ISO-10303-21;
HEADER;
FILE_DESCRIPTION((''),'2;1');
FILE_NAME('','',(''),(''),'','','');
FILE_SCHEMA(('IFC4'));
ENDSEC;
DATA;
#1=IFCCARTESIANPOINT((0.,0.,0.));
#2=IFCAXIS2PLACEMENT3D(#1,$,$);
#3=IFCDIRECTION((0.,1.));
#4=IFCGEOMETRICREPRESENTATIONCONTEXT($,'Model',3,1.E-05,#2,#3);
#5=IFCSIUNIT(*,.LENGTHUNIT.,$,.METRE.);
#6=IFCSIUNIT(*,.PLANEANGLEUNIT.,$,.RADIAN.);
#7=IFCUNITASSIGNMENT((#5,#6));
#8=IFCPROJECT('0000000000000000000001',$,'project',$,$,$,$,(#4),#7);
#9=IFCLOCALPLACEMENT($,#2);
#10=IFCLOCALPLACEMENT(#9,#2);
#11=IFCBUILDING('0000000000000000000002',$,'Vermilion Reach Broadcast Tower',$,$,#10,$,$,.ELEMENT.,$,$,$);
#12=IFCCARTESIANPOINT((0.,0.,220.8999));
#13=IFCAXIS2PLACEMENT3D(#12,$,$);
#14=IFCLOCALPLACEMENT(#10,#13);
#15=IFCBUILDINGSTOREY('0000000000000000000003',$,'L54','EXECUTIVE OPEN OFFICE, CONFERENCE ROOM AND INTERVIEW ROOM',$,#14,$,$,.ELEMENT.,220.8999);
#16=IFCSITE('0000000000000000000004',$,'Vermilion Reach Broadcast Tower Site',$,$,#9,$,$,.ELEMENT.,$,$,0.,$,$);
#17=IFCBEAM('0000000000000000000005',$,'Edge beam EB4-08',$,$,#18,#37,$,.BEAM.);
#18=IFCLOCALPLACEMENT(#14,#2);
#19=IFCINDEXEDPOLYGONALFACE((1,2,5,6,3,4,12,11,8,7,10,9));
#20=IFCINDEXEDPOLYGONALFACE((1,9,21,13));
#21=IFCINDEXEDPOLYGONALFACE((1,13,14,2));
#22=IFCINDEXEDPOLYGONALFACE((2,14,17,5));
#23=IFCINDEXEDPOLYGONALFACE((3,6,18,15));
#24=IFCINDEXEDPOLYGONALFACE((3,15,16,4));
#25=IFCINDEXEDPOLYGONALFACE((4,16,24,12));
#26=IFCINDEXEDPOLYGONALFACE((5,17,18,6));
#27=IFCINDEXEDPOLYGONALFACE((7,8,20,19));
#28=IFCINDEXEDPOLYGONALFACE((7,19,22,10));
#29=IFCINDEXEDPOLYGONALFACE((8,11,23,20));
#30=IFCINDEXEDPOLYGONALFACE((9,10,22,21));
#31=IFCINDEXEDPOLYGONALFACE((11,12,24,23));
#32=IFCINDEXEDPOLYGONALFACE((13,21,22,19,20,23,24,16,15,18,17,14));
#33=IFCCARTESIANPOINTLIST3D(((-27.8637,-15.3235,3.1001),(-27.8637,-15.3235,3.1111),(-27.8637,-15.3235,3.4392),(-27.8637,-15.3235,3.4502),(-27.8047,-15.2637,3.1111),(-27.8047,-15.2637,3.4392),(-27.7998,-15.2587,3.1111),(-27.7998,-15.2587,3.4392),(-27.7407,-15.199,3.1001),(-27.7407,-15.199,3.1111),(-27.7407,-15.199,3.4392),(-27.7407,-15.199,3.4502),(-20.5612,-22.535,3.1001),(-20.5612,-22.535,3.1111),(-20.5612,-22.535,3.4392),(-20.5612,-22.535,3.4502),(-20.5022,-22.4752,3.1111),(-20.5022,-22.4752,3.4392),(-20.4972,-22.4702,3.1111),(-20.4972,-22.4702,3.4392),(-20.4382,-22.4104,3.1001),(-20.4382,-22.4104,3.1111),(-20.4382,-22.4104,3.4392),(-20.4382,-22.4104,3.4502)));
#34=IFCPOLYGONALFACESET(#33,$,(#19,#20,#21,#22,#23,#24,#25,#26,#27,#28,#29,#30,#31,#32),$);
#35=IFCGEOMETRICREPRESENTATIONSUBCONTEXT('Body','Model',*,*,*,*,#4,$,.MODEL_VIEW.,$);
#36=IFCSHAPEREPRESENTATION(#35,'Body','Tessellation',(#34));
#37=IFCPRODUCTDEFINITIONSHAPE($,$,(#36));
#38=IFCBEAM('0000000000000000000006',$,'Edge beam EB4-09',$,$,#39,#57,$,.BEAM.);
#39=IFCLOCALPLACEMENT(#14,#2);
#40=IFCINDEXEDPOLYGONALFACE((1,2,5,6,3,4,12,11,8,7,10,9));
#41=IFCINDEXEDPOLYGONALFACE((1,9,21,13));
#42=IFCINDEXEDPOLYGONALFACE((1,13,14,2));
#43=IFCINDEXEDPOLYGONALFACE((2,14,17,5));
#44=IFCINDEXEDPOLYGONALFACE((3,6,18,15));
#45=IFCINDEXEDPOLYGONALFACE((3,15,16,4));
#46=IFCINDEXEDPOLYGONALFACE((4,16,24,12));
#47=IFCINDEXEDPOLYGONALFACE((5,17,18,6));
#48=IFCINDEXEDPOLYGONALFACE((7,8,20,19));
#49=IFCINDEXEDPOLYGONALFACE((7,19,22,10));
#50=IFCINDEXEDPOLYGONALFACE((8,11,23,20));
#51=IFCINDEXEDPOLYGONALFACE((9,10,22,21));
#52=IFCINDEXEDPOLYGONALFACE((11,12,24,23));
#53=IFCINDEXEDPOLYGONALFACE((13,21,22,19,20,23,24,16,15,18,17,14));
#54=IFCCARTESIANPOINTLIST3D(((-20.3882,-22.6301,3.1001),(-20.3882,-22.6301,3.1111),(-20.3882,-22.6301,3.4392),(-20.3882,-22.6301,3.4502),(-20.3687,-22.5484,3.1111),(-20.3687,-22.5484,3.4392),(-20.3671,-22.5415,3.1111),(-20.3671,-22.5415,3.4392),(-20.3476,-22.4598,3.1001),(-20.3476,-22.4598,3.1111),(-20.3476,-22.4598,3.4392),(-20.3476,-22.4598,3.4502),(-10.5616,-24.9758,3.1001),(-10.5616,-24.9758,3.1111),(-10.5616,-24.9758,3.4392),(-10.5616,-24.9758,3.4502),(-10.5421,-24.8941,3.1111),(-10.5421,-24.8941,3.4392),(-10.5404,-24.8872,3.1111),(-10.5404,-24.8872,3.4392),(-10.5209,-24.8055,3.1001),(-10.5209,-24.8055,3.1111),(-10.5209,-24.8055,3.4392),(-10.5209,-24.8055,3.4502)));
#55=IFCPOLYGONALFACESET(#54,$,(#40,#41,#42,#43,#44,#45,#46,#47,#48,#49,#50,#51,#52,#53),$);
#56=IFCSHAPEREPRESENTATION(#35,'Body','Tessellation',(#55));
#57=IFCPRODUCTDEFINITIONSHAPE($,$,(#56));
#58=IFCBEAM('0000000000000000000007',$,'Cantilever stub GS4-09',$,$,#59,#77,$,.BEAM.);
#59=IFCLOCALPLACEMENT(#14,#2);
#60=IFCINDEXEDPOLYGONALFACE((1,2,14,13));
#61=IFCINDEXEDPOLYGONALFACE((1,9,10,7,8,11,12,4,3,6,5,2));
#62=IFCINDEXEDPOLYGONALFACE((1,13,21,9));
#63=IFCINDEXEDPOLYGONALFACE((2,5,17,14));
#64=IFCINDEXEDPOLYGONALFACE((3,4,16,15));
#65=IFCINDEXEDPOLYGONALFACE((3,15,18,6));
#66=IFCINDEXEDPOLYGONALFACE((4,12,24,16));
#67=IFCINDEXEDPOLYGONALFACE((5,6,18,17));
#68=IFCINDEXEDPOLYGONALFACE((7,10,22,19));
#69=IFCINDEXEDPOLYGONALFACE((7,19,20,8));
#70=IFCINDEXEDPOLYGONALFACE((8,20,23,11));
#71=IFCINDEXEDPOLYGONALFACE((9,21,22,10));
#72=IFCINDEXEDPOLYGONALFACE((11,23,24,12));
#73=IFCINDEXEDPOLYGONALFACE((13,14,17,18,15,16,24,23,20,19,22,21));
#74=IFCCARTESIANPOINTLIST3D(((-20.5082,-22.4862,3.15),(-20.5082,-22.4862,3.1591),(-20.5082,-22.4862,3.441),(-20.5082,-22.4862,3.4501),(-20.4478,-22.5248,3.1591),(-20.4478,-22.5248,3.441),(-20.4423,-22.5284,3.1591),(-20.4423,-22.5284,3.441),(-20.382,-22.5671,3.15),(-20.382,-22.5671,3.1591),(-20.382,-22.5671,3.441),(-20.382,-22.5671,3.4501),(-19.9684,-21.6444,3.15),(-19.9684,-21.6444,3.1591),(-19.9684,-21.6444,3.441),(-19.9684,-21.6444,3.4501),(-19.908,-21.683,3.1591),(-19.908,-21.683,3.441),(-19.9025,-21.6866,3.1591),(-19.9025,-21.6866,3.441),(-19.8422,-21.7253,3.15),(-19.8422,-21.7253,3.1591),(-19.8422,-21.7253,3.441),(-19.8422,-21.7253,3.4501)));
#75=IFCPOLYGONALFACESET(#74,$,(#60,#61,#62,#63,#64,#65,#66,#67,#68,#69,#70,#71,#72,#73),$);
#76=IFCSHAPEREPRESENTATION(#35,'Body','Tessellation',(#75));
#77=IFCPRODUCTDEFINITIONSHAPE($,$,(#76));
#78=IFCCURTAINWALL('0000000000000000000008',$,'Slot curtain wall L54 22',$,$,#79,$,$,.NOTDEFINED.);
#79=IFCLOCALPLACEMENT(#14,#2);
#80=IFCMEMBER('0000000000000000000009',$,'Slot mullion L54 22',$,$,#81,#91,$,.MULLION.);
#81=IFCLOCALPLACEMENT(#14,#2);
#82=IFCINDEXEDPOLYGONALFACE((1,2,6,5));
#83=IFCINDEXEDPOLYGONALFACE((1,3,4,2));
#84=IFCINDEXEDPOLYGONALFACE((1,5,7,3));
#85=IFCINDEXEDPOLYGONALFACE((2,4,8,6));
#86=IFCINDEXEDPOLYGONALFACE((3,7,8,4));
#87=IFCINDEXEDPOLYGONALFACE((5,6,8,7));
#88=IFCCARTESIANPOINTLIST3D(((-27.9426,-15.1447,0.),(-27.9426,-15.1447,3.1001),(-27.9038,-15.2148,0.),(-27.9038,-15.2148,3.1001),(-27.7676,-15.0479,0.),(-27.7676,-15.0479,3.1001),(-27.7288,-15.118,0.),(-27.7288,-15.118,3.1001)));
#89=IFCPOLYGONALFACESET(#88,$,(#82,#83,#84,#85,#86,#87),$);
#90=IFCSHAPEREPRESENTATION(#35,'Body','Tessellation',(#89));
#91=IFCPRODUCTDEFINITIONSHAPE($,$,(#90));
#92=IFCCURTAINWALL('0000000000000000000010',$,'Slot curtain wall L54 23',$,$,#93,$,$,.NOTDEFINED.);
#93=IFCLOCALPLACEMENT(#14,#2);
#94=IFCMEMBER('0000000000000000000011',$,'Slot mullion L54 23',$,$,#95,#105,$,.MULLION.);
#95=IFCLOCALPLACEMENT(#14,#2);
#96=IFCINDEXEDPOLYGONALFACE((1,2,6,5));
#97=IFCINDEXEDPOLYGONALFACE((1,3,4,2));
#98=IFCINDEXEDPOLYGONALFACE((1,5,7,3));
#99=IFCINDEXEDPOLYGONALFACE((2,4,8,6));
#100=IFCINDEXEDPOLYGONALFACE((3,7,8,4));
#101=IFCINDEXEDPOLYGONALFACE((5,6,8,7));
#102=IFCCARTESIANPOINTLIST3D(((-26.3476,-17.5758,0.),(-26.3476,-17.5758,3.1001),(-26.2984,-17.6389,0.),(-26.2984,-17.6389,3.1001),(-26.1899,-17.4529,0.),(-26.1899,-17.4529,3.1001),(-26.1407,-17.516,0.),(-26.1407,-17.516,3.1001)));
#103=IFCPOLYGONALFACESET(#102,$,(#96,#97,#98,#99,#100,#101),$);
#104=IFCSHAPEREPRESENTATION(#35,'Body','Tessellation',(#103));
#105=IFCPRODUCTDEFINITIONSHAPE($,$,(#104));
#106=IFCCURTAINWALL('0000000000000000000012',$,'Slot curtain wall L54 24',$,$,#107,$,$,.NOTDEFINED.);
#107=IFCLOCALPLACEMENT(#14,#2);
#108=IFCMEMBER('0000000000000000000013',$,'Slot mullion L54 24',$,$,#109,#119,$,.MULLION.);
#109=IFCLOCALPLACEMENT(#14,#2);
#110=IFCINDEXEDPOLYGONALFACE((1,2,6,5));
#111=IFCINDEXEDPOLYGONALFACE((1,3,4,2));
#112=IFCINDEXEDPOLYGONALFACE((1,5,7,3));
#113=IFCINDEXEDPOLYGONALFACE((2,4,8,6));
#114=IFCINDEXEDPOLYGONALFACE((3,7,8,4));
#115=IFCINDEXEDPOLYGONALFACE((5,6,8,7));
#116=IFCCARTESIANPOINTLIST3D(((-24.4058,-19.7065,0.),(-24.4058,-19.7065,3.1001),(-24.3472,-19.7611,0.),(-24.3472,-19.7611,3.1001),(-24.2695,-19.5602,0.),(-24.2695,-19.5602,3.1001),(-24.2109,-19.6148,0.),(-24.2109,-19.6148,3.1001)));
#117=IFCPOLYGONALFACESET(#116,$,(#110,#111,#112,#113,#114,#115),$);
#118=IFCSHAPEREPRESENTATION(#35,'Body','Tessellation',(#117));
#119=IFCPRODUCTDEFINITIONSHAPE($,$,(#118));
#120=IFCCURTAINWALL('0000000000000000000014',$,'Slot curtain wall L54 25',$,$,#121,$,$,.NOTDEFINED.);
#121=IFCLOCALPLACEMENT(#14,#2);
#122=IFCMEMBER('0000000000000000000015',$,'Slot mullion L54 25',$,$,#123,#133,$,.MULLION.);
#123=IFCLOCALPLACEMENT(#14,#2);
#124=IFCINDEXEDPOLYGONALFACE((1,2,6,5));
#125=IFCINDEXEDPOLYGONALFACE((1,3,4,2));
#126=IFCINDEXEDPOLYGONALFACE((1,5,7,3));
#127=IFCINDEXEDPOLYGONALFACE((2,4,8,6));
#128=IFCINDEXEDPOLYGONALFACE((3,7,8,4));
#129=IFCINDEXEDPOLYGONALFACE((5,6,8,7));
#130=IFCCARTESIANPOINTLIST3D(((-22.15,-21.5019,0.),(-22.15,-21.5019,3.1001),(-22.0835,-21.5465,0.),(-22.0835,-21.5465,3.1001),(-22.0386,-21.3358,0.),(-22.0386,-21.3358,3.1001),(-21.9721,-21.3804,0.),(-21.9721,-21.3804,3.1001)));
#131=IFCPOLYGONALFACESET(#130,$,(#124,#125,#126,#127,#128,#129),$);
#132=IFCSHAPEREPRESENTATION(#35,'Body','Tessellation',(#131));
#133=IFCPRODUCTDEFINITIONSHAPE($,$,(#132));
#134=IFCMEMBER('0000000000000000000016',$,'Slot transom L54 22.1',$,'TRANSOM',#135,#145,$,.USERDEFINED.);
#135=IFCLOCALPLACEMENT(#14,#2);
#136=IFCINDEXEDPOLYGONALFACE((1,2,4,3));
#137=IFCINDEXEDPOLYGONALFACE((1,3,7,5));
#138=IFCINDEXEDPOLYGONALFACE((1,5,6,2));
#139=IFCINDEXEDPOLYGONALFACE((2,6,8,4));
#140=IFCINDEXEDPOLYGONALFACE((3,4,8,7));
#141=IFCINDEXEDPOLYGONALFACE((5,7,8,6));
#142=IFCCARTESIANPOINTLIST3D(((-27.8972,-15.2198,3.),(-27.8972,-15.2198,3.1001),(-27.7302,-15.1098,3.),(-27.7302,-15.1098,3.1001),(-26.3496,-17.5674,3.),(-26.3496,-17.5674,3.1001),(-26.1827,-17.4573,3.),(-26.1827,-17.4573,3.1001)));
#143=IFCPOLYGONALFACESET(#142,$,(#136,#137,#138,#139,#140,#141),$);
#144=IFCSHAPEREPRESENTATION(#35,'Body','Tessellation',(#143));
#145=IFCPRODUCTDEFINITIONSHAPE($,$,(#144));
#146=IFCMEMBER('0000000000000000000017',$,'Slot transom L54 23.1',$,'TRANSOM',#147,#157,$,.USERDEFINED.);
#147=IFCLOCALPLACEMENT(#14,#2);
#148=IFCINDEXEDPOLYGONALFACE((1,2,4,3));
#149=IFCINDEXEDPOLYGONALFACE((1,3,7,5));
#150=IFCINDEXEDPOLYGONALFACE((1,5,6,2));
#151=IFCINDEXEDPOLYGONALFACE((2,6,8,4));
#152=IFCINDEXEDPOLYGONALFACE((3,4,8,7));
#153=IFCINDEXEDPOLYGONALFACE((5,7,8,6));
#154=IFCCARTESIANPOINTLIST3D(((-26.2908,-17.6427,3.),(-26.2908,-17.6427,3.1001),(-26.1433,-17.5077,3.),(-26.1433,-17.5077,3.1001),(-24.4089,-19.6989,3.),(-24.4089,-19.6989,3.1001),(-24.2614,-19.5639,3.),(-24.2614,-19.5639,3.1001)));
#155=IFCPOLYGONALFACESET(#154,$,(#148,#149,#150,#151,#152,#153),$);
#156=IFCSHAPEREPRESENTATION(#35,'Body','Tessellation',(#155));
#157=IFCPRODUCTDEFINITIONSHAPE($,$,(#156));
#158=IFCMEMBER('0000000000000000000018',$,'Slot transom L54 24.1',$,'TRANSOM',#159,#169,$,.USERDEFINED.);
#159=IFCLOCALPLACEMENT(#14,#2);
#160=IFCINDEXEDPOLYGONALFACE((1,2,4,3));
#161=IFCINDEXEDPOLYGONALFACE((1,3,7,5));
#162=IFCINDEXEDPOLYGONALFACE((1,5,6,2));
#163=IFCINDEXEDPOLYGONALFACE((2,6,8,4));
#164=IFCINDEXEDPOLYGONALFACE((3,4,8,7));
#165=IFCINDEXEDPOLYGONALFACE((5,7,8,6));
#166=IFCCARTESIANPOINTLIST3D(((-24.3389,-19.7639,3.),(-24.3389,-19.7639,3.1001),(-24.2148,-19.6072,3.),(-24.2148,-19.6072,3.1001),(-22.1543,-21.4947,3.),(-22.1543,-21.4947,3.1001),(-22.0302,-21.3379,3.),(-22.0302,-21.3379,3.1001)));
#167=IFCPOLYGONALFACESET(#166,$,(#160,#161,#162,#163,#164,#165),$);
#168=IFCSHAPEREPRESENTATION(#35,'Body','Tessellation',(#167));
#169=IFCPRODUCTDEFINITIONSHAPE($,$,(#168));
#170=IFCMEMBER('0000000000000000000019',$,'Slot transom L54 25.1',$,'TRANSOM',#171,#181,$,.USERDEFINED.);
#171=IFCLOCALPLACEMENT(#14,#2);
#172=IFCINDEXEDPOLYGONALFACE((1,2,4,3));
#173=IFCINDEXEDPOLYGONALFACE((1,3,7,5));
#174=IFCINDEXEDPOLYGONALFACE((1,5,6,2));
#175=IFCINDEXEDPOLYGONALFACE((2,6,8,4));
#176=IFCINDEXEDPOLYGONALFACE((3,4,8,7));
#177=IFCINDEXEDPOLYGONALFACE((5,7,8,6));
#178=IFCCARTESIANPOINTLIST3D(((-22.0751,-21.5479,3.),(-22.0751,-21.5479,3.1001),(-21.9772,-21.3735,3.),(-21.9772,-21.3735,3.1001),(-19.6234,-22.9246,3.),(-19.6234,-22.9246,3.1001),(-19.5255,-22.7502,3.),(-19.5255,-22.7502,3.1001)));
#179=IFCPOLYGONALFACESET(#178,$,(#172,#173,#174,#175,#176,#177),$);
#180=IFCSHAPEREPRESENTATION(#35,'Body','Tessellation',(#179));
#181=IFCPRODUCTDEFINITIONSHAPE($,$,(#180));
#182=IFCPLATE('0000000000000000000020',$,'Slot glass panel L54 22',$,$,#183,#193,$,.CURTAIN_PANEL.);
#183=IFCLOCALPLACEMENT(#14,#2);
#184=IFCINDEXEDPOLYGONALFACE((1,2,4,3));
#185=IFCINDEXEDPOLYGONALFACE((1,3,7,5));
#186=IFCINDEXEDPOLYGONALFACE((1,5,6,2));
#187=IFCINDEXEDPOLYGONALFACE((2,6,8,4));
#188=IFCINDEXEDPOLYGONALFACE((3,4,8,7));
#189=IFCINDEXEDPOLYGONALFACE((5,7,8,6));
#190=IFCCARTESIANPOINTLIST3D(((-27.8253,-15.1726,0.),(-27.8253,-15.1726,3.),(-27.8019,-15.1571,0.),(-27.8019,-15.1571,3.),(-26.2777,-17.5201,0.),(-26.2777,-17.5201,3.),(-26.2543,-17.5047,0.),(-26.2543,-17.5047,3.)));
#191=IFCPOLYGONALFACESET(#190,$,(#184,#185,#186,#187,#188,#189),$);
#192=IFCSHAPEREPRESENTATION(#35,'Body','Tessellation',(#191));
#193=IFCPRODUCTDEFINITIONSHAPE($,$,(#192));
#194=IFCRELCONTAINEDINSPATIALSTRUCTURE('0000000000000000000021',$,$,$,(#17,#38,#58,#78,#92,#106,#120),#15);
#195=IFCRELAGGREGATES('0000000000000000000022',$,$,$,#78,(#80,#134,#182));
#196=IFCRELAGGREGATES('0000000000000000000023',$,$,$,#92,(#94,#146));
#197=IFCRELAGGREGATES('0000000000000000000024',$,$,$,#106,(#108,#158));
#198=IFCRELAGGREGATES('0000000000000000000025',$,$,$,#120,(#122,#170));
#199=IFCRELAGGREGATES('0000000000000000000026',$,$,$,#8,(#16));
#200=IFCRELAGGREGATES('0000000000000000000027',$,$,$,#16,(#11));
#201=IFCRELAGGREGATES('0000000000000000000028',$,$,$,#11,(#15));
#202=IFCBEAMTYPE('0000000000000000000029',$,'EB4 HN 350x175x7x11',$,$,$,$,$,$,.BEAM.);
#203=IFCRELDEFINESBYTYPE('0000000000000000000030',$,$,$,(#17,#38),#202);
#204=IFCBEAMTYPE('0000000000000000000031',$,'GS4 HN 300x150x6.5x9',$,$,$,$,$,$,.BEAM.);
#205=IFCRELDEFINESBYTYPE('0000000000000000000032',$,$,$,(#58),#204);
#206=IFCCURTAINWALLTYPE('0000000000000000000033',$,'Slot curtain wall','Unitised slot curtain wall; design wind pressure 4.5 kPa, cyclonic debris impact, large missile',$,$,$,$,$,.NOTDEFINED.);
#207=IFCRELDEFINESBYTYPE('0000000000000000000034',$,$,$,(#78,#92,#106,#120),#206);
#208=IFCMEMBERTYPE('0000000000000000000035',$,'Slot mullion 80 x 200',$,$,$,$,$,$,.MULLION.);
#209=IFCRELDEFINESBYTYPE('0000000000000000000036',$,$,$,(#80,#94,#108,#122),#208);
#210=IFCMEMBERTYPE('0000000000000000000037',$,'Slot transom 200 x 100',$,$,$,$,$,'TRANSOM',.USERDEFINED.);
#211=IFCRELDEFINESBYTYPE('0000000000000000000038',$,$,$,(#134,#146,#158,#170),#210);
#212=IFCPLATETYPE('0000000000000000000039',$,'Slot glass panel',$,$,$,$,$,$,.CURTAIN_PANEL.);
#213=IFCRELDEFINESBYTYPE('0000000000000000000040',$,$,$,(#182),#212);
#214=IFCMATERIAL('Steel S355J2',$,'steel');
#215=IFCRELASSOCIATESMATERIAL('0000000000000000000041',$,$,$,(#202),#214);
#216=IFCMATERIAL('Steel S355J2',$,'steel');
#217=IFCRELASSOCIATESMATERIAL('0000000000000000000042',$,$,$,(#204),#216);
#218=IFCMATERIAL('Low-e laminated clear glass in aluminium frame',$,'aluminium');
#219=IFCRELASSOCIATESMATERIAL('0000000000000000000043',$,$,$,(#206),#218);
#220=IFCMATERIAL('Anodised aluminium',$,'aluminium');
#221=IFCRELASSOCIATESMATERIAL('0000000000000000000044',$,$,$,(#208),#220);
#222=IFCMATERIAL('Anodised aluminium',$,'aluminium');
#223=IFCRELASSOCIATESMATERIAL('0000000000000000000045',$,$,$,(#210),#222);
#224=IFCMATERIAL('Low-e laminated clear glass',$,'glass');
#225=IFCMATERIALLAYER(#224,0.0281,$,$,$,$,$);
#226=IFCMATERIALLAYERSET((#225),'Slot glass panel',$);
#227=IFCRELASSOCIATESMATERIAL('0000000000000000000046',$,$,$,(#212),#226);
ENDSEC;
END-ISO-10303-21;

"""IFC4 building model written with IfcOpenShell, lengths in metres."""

from ifc_helpers import new_model, si_unit, direction, frame, origin, origin_2d, place, context, subcontext, project, spatial, rectangle, i_section, extrude, material, layer, layer_set, material_profile, profile_set, type_object, element, aggregate, save


model = new_model("IFC4")

# Units and contexts
model_context = context("Model", 3, precision=1e-05, world=origin(), true_north=direction((0.0, 1.0)))
body_context = subcontext(model_context, "Body", "Model", "MODEL_VIEW")
ifc_project = project(units=[si_unit("LENGTHUNIT", "METRE"), si_unit("PLANEANGLEUNIT", "RADIAN")], contexts=[model_context])

# Site, building, storey
site_placement = place(None, origin())
site = spatial("IfcSite", under=ifc_project, at=site_placement, Name="Vermilion Reach Broadcast Tower Site", CompositionType="ELEMENT", RefElevation=0.0)
building_placement = place(site_placement, origin())
building = spatial("IfcBuilding", under=site, at=building_placement, Name="Vermilion Reach Broadcast Tower", CompositionType="ELEMENT")
storey_placement = place(building_placement, frame((0.0, 0.0, 220.8999)))
storey = spatial("IfcBuildingStorey", under=building, at=storey_placement, Name="L54", Description="EXECUTIVE OPEN OFFICE, CONFERENCE ROOM AND INTERVIEW ROOM", CompositionType="ELEMENT", Elevation=220.8999)

# Beams
ifc_material_1 = material(Name="Steel S355J2", Category="steel")
ifc_material_profile_1 = material_profile(ifc_material_1, i_section(OverallWidth=0.175, OverallDepth=0.3501, WebThickness=0.0071, FlangeThickness=0.011, at=origin_2d()), Name="S355J2 HN 350x175x7x11")
ifc_profile_set_1 = profile_set([ifc_material_profile_1], Name="Steel S355J2")
beam_type_1 = type_object("IfcBeamType", Name="EB4 HN 350x175x7x11", PredefinedType="BEAM", material=ifc_profile_set_1)
beam_1_placement = place(storey_placement, frame((-27.8022, -15.2612, 3.2751), z_axis=(0.711529, -0.702656, 0.0), x_axis=(0.702656, 0.711529, 0.0)))
element("IfcBeam", 1, at=beam_1_placement, inside=storey, type_object=beam_type_1, Name="Edge beam EB4-08", PredefinedType="BEAM", context=body_context, shape_type="SweptSolid", body=[
    extrude(i_section(OverallWidth=0.175, OverallDepth=0.3501, WebThickness=0.0071, FlangeThickness=0.011, at=origin_2d()), origin(), (0.0, 0.0, 1.0), 10.2632),
])
beam_2_placement = place(storey_placement, frame((-20.3679, -22.5449, 3.2751), z_axis=(0.972672, -0.232185, 0.0), x_axis=(0.232185, 0.972672, 0.0)))
element("IfcBeam", 2, at=beam_2_placement, inside=storey, type_object=beam_type_1, Name="Edge beam EB4-09", PredefinedType="BEAM", context=body_context, shape_type="SweptSolid", body=[
    extrude(i_section(OverallWidth=0.175, OverallDepth=0.3501, WebThickness=0.0071, FlangeThickness=0.011, at=origin_2d()), origin(), (0.0, 0.0, 1.0), 10.1028),
])
ifc_material_2 = material(Name="Steel S355J2", Category="steel")
ifc_material_profile_2 = material_profile(ifc_material_2, i_section(OverallWidth=0.1499, OverallDepth=0.3, WebThickness=0.0066, FlangeThickness=0.009, at=origin_2d()), Name="S355J2 HN 300x150x6.5x9")
ifc_profile_set_2 = profile_set([ifc_material_profile_2], Name="Steel S355J2")
beam_type_2 = type_object("IfcBeamType", Name="GS4 HN 300x150x6.5x9", PredefinedType="BEAM", material=ifc_profile_set_2)
beam_3_placement = place(storey_placement, frame((-19.9053, -21.6848, 3.3), z_axis=(-0.539795, -0.841797, 0.0), x_axis=(0.841797, -0.539795, 0.0)))
element("IfcBeam", 3, at=beam_3_placement, inside=storey, type_object=beam_type_2, Name="Cantilever stub GS4-09", PredefinedType="BEAM", context=body_context, shape_type="SweptSolid", body=[
    extrude(i_section(OverallWidth=0.1499, OverallDepth=0.3, WebThickness=0.0066, FlangeThickness=0.009, at=origin_2d()), origin(), (0.0, 0.0, 1.0), 1.0),
])

# Curtain walls, members
ifc_material_3 = material(Name="Low-e laminated clear glass in aluminium frame", Category="aluminium")
curtain_wall_type = type_object("IfcCurtainWallType", Name="Slot curtain wall", Description="Unitised slot curtain wall; design wind pressure 4.5 kPa, cyclonic debris impact, large missile", PredefinedType="NOTDEFINED", material=ifc_material_3)
placement = place(storey_placement, origin())
curtain_wall_1 = element("IfcCurtainWall", 4, at=placement, inside=storey, type_object=curtain_wall_type, Name="Slot curtain wall L54 22", PredefinedType="NOTDEFINED")
ifc_material_4 = material(Name="Anodised aluminium", Category="aluminium")
ifc_material_profile_3 = material_profile(ifc_material_4, rectangle(XDim=0.2, YDim=0.0801, at=origin_2d()), Name="Slot mullion 80 x 200")
ifc_profile_set_3 = profile_set([ifc_material_profile_3], Name="Anodised aluminium")
member_type_1 = type_object("IfcMemberType", Name="Slot mullion 80 x 200", PredefinedType="MULLION", material=ifc_profile_set_3)
member_1_placement = place(storey_placement, frame((-27.8357, -15.1313, 0.0), z_axis=(0.0, 0.0, 1.0), x_axis=(0.874903, 0.484299, 0.0)))
member_1 = element("IfcMember", 5, at=member_1_placement, type_object=member_type_1, Name="Slot mullion L54 22", PredefinedType="MULLION", context=body_context, shape_type="SweptSolid", body=[
    extrude(rectangle(XDim=0.2, YDim=0.0801, at=origin_2d()), origin(), (0.0, 0.0, 1.0), 3.1001),
])
curtain_wall_2 = element("IfcCurtainWall", 6, at=placement, inside=storey, type_object=curtain_wall_type, Name="Slot curtain wall L54 23", PredefinedType="NOTDEFINED")
member_2_placement = place(storey_placement, frame((-26.2441, -17.5459, 0.0), z_axis=(0.0, 0.0, 1.0), x_axis=(0.78875, 0.614714, 0.0)))
member_2 = element("IfcMember", 7, at=member_2_placement, type_object=member_type_1, Name="Slot mullion L54 23", PredefinedType="MULLION", context=body_context, shape_type="SweptSolid", body=[
    extrude(rectangle(XDim=0.2, YDim=0.0801, at=origin_2d()), origin(), (0.0, 0.0, 1.0), 3.1001),
])
curtain_wall_3 = element("IfcCurtainWall", 8, at=placement, inside=storey, type_object=curtain_wall_type, Name="Slot curtain wall L54 24", PredefinedType="NOTDEFINED")
member_3_placement = place(storey_placement, frame((-24.3083, -19.6606, 0.0), z_axis=(0.0, 0.0, 1.0), x_axis=(0.681487, 0.73183, 0.0)))
member_3 = element("IfcMember", 9, at=member_3_placement, type_object=member_type_1, Name="Slot mullion L54 24", PredefinedType="MULLION", context=body_context, shape_type="SweptSolid", body=[
    extrude(rectangle(XDim=0.2, YDim=0.0801, at=origin_2d()), origin(), (0.0, 0.0, 1.0), 3.1001),
])
curtain_wall_4 = element("IfcCurtainWall", 10, at=placement, inside=storey, type_object=curtain_wall_type, Name="Slot curtain wall L54 25", PredefinedType="NOTDEFINED")
member_4_placement = place(storey_placement, frame((-22.061, -21.4412, 0.0), z_axis=(0.0, 0.0, 1.0), x_axis=(0.557037, 0.830488, 0.0)))
member_4 = element("IfcMember", 11, at=member_4_placement, type_object=member_type_1, Name="Slot mullion L54 25", PredefinedType="MULLION", context=body_context, shape_type="SweptSolid", body=[
    extrude(rectangle(XDim=0.2, YDim=0.0801, at=origin_2d()), origin(), (0.0, 0.0, 1.0), 3.1001),
])

# Members
ifc_material_5 = material(Name="Anodised aluminium", Category="aluminium")
ifc_material_profile_4 = material_profile(ifc_material_5, rectangle(XDim=0.2, YDim=0.1001, at=origin_2d()), Name="Slot transom 200 x 100")
ifc_profile_set_4 = profile_set([ifc_material_profile_4], Name="Anodised aluminium")
member_type_2 = type_object("IfcMemberType", Name="Slot transom 200 x 100", ElementType="TRANSOM", PredefinedType="USERDEFINED", material=ifc_profile_set_4)
member_5_placement = place(storey_placement, frame((-27.8137, -15.1648, 3.05), z_axis=(0.550385, -0.834911, 0.0), x_axis=(0.834911, 0.550385, 0.0)))
member_5 = element("IfcMember", 12, at=member_5_placement, type_object=member_type_2, Name="Slot transom L54 22.1", ObjectType="TRANSOM", PredefinedType="USERDEFINED", context=body_context, shape_type="SweptSolid", body=[
    extrude(rectangle(XDim=0.2, YDim=0.1001, at=origin_2d()), origin(), (0.0, 0.0, 1.0), 2.8118),
])
member_6_placement = place(storey_placement, frame((-26.217, -17.5752, 3.05), z_axis=(0.675145, -0.737685, 0.0), x_axis=(0.737685, 0.675145, 0.0)))
member_6 = element("IfcMember", 13, at=member_6_placement, type_object=member_type_2, Name="Slot transom L54 23.1", ObjectType="TRANSOM", PredefinedType="USERDEFINED", context=body_context, shape_type="SweptSolid", body=[
    extrude(rectangle(XDim=0.2, YDim=0.1001, at=origin_2d()), origin(), (0.0, 0.0, 1.0), 2.7874),
])
member_7_placement = place(storey_placement, frame((-24.2769, -19.6855, 3.05), z_axis=(0.783826, -0.620981, 0.0), x_axis=(0.620981, 0.783826, 0.0)))
member_7 = element("IfcMember", 14, at=member_7_placement, type_object=member_type_2, Name="Slot transom L54 24.1", ObjectType="TRANSOM", PredefinedType="USERDEFINED", context=body_context, shape_type="SweptSolid", body=[
    extrude(rectangle(XDim=0.2, YDim=0.1001, at=origin_2d()), origin(), (0.0, 0.0, 1.0), 2.7871),
])
member_8_placement = place(storey_placement, frame((-22.0261, -21.4607, 3.05), z_axis=(0.871932, -0.489626, 0.0), x_axis=(0.489626, 0.871932, 0.0)))
member_8 = element("IfcMember", 15, at=member_8_placement, type_object=member_type_2, Name="Slot transom L54 25.1", ObjectType="TRANSOM", PredefinedType="USERDEFINED", context=body_context, shape_type="SweptSolid", body=[
    extrude(rectangle(XDim=0.2, YDim=0.1001, at=origin_2d()), origin(), (0.0, 0.0, 1.0), 2.8118),
])

# Plate
ifc_material_6 = material(Name="Low-e laminated clear glass", Category="glass")
ifc_layer_1 = layer(ifc_material_6, 0.0281)
ifc_layer_set_1 = layer_set([ifc_layer_1], Name="Slot glass panel")
plate_type = type_object("IfcPlateType", Name="Slot glass panel", PredefinedType="CURTAIN_PANEL", material=ifc_layer_set_1)
plate_1_placement = place(storey_placement, frame((-27.0398, -16.3386, 0.0), z_axis=(0.0, 0.0, 1.0), x_axis=(0.550414, -0.834892, 0.0)))
plate_1 = element("IfcPlate", 16, at=plate_1_placement, type_object=plate_type, Name="Slot glass panel L54 22", PredefinedType="CURTAIN_PANEL", context=body_context, shape_type="SweptSolid", body=[
    extrude(rectangle(XDim=2.8118, YDim=0.0281, at=origin_2d()), origin(), (0.0, 0.0, 1.0), 3.0),
])
aggregate(curtain_wall_1, [member_1, member_5, plate_1])
aggregate(curtain_wall_2, [member_2, member_6])
aggregate(curtain_wall_3, [member_3, member_7])
aggregate(curtain_wall_4, [member_4, member_8])

save(model, "model.ifc")
